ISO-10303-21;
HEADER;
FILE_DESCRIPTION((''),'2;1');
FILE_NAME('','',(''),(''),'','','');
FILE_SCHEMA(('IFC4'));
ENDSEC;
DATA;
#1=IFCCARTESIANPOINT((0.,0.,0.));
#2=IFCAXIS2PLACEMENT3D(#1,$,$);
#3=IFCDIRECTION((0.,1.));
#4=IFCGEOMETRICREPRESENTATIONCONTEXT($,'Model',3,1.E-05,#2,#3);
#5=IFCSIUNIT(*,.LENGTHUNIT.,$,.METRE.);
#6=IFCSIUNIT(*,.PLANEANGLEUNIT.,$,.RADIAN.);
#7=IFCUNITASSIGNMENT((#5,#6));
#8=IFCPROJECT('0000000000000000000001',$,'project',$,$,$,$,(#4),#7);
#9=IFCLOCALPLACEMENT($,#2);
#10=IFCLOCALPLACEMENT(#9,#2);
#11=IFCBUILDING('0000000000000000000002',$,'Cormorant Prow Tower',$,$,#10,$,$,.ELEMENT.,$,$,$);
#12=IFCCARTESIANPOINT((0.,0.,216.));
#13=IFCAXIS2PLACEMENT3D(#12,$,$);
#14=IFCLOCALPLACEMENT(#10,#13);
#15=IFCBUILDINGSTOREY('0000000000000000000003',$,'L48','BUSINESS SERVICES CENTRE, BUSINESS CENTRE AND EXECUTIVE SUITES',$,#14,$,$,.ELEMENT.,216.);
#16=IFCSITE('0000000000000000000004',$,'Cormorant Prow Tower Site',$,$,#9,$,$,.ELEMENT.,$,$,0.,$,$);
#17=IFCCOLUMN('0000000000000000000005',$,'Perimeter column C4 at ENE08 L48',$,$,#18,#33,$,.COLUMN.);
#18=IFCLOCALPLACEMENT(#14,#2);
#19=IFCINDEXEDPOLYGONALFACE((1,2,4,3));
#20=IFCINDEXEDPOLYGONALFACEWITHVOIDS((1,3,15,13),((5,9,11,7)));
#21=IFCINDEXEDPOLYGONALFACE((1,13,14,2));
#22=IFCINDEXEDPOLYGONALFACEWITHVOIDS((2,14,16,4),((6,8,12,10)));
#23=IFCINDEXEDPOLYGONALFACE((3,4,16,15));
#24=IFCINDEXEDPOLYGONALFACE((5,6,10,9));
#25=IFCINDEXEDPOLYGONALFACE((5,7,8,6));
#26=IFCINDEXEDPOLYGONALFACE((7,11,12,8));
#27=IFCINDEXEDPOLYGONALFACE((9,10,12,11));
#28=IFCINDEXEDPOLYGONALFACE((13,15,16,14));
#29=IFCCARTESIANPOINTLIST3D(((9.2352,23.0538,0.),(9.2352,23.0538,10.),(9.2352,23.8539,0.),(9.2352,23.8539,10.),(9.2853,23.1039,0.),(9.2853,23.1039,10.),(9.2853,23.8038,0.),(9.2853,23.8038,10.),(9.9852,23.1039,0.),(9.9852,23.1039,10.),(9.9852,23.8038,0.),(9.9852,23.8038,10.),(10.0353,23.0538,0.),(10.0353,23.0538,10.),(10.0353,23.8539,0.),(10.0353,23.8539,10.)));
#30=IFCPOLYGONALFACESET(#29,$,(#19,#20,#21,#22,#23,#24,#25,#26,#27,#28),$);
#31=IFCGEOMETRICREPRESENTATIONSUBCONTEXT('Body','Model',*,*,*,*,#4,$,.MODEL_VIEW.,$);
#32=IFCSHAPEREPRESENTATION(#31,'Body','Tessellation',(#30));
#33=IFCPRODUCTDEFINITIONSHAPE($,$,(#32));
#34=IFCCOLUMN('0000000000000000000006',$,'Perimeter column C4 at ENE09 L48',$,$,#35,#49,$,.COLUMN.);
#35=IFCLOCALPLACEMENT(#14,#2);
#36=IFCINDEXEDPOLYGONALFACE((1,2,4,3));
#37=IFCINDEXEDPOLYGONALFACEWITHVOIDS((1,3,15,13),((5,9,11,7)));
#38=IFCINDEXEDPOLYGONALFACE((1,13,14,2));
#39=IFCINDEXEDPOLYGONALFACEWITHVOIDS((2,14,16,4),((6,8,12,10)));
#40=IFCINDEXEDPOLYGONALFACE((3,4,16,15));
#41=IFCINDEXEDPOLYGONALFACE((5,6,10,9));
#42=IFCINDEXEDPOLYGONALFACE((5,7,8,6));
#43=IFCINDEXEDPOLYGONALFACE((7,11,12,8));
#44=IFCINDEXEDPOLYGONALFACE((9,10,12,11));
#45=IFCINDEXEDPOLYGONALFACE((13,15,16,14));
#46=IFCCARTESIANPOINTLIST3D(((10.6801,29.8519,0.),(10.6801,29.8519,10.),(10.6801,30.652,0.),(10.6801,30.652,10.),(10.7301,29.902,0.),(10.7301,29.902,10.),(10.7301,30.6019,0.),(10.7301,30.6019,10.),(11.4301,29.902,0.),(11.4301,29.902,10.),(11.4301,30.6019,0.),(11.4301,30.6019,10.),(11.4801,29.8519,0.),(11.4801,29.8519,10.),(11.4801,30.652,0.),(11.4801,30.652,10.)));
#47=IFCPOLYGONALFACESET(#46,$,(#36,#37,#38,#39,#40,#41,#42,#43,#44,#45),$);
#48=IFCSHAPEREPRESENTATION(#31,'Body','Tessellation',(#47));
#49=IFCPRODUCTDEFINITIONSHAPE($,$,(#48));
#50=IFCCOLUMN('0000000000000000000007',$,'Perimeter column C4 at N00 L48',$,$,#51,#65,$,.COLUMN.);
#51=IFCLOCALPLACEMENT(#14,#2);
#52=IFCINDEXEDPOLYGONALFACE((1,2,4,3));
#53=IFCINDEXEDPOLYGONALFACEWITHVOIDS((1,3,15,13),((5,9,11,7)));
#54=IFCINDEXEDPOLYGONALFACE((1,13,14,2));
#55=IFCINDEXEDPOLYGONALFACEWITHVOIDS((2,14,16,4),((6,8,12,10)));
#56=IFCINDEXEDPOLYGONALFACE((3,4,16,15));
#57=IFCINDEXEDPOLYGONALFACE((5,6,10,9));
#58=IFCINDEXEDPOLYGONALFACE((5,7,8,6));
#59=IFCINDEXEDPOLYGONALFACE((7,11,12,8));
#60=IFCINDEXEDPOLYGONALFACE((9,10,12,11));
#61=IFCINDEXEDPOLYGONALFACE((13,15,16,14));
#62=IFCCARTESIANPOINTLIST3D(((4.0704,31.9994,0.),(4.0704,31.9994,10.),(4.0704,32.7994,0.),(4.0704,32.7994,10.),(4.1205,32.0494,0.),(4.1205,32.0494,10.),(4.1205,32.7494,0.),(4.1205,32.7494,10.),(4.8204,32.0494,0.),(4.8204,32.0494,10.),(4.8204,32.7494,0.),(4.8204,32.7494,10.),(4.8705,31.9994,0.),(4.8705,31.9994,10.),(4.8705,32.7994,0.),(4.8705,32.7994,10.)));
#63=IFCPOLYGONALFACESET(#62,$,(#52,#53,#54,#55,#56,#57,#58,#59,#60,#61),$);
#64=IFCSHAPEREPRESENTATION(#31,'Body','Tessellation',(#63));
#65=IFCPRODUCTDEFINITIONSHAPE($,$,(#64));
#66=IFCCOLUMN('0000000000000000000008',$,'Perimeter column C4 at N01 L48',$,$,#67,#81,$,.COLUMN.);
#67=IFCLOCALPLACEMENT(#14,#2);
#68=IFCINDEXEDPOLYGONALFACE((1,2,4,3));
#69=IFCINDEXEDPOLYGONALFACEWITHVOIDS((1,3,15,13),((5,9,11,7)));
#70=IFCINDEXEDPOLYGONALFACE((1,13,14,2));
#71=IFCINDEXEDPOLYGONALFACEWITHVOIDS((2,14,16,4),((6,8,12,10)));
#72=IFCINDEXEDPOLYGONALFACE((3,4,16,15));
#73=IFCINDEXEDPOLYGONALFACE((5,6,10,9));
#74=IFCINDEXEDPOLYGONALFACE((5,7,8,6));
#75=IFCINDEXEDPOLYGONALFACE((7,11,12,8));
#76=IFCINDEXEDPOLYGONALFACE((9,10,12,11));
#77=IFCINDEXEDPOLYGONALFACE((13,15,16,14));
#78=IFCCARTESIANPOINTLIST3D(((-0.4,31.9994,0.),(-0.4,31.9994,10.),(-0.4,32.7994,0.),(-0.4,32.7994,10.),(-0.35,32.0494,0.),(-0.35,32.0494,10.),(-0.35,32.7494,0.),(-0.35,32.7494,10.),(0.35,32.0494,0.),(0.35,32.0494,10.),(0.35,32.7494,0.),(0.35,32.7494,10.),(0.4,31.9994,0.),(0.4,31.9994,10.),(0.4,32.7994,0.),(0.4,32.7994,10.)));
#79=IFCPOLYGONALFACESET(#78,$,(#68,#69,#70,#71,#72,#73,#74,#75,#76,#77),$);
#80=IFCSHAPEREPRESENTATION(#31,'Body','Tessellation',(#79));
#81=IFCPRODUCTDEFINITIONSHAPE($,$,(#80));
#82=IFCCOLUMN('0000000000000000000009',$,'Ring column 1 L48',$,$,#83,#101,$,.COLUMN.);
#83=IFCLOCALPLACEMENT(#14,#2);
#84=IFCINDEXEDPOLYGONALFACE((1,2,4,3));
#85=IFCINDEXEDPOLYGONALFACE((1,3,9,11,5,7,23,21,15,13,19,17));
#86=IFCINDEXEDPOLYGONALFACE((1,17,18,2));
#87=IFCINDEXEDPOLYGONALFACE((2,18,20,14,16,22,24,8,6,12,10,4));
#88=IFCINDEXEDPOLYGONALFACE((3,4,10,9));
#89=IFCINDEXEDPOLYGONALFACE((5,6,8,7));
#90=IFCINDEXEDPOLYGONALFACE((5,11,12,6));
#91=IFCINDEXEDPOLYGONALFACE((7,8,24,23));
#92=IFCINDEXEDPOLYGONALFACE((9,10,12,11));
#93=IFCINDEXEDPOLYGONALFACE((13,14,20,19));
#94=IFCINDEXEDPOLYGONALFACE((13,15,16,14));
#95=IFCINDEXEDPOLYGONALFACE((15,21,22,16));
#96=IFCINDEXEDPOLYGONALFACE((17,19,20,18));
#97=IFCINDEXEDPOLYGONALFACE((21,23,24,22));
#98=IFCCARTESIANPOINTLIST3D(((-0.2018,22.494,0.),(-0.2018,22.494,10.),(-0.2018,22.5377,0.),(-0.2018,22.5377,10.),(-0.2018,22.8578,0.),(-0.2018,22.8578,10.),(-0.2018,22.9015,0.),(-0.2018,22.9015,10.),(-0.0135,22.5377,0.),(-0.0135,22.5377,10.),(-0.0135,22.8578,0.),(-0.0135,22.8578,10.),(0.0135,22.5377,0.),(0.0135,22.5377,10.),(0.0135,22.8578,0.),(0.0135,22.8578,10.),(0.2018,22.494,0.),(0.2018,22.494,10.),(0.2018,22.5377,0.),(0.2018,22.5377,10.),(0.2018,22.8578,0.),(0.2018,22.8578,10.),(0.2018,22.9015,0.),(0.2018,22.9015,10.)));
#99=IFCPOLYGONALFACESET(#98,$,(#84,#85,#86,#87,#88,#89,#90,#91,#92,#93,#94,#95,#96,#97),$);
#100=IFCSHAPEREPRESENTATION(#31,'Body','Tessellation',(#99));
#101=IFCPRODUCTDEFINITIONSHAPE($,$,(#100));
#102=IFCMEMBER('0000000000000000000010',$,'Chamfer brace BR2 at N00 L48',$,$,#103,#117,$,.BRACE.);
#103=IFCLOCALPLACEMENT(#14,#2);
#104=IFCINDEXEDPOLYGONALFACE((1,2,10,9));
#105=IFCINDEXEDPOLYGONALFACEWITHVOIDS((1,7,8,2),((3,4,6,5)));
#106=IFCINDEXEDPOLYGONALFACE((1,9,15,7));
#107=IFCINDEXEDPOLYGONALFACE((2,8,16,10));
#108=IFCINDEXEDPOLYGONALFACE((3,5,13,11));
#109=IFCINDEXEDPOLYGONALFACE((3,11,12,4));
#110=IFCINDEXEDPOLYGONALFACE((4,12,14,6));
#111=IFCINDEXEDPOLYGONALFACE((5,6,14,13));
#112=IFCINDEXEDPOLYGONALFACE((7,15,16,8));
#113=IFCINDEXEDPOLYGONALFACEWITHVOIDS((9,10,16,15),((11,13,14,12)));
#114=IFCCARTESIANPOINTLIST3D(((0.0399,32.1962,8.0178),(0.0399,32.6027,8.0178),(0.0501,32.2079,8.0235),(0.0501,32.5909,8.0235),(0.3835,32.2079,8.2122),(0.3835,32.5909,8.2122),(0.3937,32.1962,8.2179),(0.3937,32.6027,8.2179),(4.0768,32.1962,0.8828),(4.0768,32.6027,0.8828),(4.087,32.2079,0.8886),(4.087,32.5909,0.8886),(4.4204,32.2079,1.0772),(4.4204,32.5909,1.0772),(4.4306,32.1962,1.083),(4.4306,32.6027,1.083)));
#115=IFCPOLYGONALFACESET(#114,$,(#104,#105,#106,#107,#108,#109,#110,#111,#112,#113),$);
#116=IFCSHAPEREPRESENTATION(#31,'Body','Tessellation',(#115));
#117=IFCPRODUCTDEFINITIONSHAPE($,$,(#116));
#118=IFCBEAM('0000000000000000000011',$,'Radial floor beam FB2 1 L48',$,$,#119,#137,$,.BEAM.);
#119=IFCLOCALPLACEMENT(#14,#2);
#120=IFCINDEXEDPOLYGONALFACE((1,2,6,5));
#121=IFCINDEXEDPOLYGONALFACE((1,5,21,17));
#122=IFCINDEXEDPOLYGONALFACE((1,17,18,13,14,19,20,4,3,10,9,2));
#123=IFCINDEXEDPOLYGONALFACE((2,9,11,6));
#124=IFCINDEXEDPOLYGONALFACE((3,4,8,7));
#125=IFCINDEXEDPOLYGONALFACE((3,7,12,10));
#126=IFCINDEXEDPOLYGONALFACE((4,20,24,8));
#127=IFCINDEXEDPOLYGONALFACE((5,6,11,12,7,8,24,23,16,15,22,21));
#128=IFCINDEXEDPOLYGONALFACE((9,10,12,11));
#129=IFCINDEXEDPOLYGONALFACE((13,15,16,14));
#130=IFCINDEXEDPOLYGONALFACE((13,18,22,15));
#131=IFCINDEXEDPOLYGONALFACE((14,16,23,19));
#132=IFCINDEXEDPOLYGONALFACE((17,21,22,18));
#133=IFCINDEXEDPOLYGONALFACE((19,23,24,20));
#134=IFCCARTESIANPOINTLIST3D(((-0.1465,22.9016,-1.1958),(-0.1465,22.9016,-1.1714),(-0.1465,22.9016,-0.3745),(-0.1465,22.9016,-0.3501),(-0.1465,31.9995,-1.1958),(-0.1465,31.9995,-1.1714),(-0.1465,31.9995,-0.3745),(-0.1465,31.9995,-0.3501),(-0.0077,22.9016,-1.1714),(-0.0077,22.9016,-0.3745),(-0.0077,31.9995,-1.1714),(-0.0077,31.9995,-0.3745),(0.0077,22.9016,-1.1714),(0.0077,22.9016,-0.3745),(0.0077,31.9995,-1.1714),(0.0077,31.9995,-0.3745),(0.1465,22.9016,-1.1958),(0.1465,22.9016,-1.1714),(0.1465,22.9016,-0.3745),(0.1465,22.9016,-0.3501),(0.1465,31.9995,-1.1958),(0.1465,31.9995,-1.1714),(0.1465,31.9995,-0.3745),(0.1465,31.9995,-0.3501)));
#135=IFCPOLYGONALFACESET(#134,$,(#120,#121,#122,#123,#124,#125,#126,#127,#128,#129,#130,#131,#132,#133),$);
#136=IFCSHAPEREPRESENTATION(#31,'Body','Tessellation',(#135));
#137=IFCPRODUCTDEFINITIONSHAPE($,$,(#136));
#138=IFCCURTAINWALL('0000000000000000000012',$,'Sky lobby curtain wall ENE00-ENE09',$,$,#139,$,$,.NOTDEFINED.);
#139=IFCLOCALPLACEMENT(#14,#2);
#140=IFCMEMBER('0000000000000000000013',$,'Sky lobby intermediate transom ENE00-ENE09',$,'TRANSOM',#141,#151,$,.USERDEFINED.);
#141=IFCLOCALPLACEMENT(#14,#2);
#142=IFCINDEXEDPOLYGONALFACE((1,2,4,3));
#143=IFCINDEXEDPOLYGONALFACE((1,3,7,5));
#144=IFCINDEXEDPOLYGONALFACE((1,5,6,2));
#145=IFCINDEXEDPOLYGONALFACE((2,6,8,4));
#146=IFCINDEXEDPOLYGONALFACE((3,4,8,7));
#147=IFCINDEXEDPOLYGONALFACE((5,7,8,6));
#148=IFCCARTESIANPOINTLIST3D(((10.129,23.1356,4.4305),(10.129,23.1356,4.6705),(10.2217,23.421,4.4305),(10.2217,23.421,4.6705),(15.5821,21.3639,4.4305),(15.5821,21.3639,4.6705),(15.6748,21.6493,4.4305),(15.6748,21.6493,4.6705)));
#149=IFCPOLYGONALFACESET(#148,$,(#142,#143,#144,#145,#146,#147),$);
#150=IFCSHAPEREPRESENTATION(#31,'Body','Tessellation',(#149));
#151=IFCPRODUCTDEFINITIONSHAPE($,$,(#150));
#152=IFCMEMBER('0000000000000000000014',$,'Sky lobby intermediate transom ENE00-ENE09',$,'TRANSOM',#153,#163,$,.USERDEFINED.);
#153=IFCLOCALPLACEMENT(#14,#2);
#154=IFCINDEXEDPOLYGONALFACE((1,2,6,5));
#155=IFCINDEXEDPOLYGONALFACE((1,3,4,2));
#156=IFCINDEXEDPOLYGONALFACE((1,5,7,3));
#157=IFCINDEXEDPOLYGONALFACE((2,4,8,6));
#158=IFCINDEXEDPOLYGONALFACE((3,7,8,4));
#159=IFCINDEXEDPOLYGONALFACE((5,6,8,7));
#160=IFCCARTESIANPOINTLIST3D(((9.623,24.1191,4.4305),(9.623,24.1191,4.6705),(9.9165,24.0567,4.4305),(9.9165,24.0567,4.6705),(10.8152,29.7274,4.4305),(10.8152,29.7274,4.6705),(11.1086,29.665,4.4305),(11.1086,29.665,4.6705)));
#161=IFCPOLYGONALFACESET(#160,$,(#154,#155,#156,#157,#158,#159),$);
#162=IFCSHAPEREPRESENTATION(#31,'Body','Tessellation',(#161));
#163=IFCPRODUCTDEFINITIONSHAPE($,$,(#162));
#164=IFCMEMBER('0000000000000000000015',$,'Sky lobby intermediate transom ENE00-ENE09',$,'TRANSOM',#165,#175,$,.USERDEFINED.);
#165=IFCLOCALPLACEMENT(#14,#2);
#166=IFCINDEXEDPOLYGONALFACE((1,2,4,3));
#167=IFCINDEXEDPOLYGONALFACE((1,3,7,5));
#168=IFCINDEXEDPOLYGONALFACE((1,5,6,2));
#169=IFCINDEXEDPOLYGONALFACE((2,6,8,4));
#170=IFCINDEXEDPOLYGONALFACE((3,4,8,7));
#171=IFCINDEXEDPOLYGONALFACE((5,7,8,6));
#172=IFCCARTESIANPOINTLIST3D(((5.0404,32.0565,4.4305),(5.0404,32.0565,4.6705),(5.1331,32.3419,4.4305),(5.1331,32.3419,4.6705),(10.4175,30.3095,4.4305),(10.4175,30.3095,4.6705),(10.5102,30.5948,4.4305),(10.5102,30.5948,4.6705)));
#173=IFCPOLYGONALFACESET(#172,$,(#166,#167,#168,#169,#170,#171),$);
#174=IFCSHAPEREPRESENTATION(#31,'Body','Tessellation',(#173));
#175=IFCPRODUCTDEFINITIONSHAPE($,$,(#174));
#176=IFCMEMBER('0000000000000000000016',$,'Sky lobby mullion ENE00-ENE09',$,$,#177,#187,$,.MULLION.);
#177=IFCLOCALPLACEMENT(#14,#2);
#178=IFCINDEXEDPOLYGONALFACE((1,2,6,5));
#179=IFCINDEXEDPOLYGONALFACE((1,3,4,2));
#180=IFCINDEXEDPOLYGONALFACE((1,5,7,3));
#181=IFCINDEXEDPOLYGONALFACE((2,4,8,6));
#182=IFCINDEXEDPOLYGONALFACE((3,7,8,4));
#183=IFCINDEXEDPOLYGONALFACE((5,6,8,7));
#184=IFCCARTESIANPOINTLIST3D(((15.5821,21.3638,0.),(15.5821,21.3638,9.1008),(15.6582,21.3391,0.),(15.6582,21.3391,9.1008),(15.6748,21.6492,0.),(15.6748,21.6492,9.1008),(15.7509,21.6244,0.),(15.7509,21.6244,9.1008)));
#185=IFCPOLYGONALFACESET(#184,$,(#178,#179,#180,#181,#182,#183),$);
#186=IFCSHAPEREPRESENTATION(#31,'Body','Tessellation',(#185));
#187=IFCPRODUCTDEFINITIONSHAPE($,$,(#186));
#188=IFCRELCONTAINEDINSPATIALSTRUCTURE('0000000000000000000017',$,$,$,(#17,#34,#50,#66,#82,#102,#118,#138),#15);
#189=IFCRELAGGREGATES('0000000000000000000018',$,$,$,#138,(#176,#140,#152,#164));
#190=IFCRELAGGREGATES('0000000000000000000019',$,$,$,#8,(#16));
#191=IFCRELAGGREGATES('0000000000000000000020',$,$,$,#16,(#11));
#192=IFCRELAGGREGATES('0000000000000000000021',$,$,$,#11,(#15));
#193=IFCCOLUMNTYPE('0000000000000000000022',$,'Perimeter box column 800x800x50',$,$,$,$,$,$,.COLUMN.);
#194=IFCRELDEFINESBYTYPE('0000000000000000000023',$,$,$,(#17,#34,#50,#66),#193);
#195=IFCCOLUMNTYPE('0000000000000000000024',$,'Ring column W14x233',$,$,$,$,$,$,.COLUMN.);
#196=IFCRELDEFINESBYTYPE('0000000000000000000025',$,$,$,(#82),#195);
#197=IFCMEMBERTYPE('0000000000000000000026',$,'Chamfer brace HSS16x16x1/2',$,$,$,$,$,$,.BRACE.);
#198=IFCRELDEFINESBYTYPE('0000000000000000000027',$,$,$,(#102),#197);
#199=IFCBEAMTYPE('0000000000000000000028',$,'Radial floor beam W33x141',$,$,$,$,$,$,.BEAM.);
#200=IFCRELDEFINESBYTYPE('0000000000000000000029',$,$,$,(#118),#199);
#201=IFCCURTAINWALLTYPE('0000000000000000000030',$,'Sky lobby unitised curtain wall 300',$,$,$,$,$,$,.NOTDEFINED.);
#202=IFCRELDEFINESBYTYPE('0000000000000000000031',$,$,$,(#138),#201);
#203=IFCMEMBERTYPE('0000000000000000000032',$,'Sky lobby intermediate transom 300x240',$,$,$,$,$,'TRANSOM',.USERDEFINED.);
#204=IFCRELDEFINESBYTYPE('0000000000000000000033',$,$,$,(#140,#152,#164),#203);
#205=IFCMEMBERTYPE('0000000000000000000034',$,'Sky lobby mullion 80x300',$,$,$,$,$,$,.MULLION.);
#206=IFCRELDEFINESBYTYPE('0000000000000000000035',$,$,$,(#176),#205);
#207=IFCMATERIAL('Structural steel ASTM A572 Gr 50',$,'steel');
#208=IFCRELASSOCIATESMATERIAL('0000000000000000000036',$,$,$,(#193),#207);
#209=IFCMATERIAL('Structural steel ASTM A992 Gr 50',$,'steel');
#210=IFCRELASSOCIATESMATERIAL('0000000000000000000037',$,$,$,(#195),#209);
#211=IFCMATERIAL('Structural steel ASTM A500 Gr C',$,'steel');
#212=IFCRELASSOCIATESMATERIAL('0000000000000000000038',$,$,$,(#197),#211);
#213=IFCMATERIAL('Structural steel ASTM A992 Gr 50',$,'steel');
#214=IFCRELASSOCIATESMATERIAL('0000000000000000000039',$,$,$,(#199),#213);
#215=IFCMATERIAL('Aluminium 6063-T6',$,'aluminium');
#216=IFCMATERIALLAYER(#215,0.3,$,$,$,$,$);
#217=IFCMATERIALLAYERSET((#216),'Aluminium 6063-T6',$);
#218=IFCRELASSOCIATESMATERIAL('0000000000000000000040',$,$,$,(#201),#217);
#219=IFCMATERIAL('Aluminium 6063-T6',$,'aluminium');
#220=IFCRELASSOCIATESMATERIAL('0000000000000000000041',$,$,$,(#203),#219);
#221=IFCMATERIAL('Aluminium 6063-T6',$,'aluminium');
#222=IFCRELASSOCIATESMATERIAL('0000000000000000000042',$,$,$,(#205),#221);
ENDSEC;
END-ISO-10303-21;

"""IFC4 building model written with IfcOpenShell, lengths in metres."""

from ifc_helpers import new_model, si_unit, direction, frame, origin, origin_2d, place, context, subcontext, project, spatial, rectangle, hollow_rectangle, i_section, extrude, material, layer, layer_set, material_profile, profile_set, type_object, element, aggregate, save


model = new_model("IFC4")

# Units and contexts
model_context = context("Model", 3, precision=1e-05, world=origin(), true_north=direction((0.0, 1.0)))
body_context = subcontext(model_context, "Body", "Model", "MODEL_VIEW")
ifc_project = project(units=[si_unit("LENGTHUNIT", "METRE"), si_unit("PLANEANGLEUNIT", "RADIAN")], contexts=[model_context])

# Site, building, storey
site_placement = place(None, origin())
site = spatial("IfcSite", under=ifc_project, at=site_placement, Name="Cormorant Prow Tower Site", CompositionType="ELEMENT", RefElevation=0.0)
building_placement = place(site_placement, origin())
building = spatial("IfcBuilding", under=site, at=building_placement, Name="Cormorant Prow Tower", CompositionType="ELEMENT")
storey_placement = place(building_placement, frame((0.0, 0.0, 216.0)))
storey = spatial("IfcBuildingStorey", under=building, at=storey_placement, Name="L48", Description="BUSINESS SERVICES CENTRE, BUSINESS CENTRE AND EXECUTIVE SUITES", CompositionType="ELEMENT", Elevation=216.0)

# Columns
ifc_material_1 = material(Name="Structural steel ASTM A572 Gr 50", Category="steel")
ifc_material_profile_1 = material_profile(ifc_material_1, hollow_rectangle(XDim=0.8, YDim=0.8, WallThickness=0.05, at=origin_2d()), Name="Box 800x800x50")
ifc_profile_set_1 = profile_set([ifc_material_profile_1], Name="Structural steel ASTM A572 Gr 50")
column_type_1 = type_object("IfcColumnType", Name="Perimeter box column 800x800x50", PredefinedType="COLUMN", material=ifc_profile_set_1)
for number, where, z_axis, x_axis, name in (
    (1, (9.6353, 23.4539, 0.0), (0.0, 0.0, 1.0), (1.0, 0.0, 0.0), "Perimeter column C4 at ENE08 L48"),
    (2, (11.0801, 30.252, 0.0), (0.0, 0.0, 1.0), (1.0, 0.0, 0.0), "Perimeter column C4 at ENE09 L48"),
    (3, (4.4705, 32.3994, 0.0), (0.0, 0.0, 1.0), (1.0, 0.0, 0.0), "Perimeter column C4 at N00 L48"),
    (4, (0.0, 32.3994, 0.0), (0.0, 0.0, 1.0), (1.0, 0.0, 0.0), "Perimeter column C4 at N01 L48"),
):
    element("IfcColumn", number, at=place(storey_placement, frame(where, z_axis=z_axis, x_axis=x_axis)), inside=storey, type_object=column_type_1, Name=name, PredefinedType="COLUMN", context=body_context, shape_type="SweptSolid", body=[
        extrude(hollow_rectangle(XDim=0.8, YDim=0.8, WallThickness=0.05, at=origin_2d()), origin(), (0.0, 0.0, 1.0), 10.0),
    ])
ifc_material_2 = material(Name="Structural steel ASTM A992 Gr 50", Category="steel")
ifc_material_profile_2 = material_profile(ifc_material_2, i_section(OverallWidth=0.4036, OverallDepth=0.4075, WebThickness=0.0271, FlangeThickness=0.0437, at=origin_2d()), Name="W14x233")
ifc_profile_set_2 = profile_set([ifc_material_profile_2], Name="Structural steel ASTM A992 Gr 50")
column_type_2 = type_object("IfcColumnType", Name="Ring column W14x233", PredefinedType="COLUMN", material=ifc_profile_set_2)
column_placement = place(storey_placement, frame((0.0, 22.6978, 0.0), z_axis=(0.0, 0.0, 1.0), x_axis=(1.0, 0.0, 0.0)))
element("IfcColumn", 5, at=column_placement, inside=storey, type_object=column_type_2, Name="Ring column 1 L48", PredefinedType="COLUMN", context=body_context, shape_type="SweptSolid", body=[
    extrude(i_section(OverallWidth=0.4036, OverallDepth=0.4075, WebThickness=0.0271, FlangeThickness=0.0437, at=origin_2d()), origin(), (0.0, 0.0, 1.0), 10.0),
])

# Member
ifc_material_3 = material(Name="Structural steel ASTM A500 Gr C", Category="steel")
ifc_material_profile_3 = material_profile(ifc_material_3, hollow_rectangle(XDim=0.4065, YDim=0.4065, WallThickness=0.0117, at=origin_2d()), Name="HSS16x16x1/2")
ifc_profile_set_3 = profile_set([ifc_material_profile_3], Name="Structural steel ASTM A500 Gr C")
member_type_1 = type_object("IfcMemberType", Name="Chamfer brace HSS16x16x1/2", PredefinedType="BRACE", material=ifc_profile_set_3)
member_1_placement = place(storey_placement, frame((4.2537, 32.3994, 0.9829), z_axis=(-0.49243, 0.0, 0.870352), x_axis=(0.0, -1.0, 0.0)))
element("IfcMember", 6, at=member_1_placement, inside=storey, type_object=member_type_1, Name="Chamfer brace BR2 at N00 L48", PredefinedType="BRACE", context=body_context, shape_type="SweptSolid", body=[
    extrude(hollow_rectangle(XDim=0.4065, YDim=0.4065, WallThickness=0.0117, at=origin_2d()), origin(), (0.0, 0.0, 1.0), 8.1978),
])

# Beam
ifc_material_4 = material(Name="Structural steel ASTM A992 Gr 50", Category="steel")
ifc_material_profile_4 = material_profile(ifc_material_4, i_section(OverallWidth=0.293, OverallDepth=0.8457, WebThickness=0.0154, FlangeThickness=0.0244, at=origin_2d()), Name="W33x141")
ifc_profile_set_4 = profile_set([ifc_material_profile_4], Name="Structural steel ASTM A992 Gr 50")
beam_type_1 = type_object("IfcBeamType", Name="Radial floor beam W33x141", PredefinedType="BEAM", material=ifc_profile_set_4)
beam_1_placement = place(storey_placement, frame((0.0, 22.9016, -0.7729), z_axis=(0.0, 1.0, 0.0), x_axis=(-1.0, 0.0, 0.0)))
element("IfcBeam", 7, at=beam_1_placement, inside=storey, type_object=beam_type_1, Name="Radial floor beam FB2 1 L48", PredefinedType="BEAM", context=body_context, shape_type="SweptSolid", body=[
    extrude(i_section(OverallWidth=0.293, OverallDepth=0.8457, WebThickness=0.0154, FlangeThickness=0.0244, at=origin_2d()), origin(), (0.0, 0.0, 1.0), 9.0979),
])

# Curtain wall, members
ifc_material_5 = material(Name="Aluminium 6063-T6", Category="aluminium")
ifc_layer_1 = layer(ifc_material_5, 0.3)
ifc_layer_set_1 = layer_set([ifc_layer_1], Name="Aluminium 6063-T6")
curtain_wall_type = type_object("IfcCurtainWallType", Name="Sky lobby unitised curtain wall 300", PredefinedType="NOTDEFINED", material=ifc_layer_set_1)
curtain_wall_placement = place(storey_placement, origin())
curtain_wall = element("IfcCurtainWall", 8, at=curtain_wall_placement, inside=storey, type_object=curtain_wall_type, Name="Sky lobby curtain wall ENE00-ENE09", PredefinedType="NOTDEFINED")
ifc_material_6 = material(Name="Aluminium 6063-T6", Category="aluminium")
ifc_material_profile_5 = material_profile(ifc_material_6, rectangle(XDim=0.3, YDim=0.24, at=origin_2d()), Name="Sky lobby intermediate transom 300x240")
ifc_profile_set_5 = profile_set([ifc_material_profile_5], Name="Aluminium 6063-T6")
member_type_2 = type_object("IfcMemberType", Name="Sky lobby intermediate transom 300x240", ElementType="TRANSOM", PredefinedType="USERDEFINED", material=ifc_profile_set_5)
member_2_placement = place(storey_placement, frame((15.6284, 21.5066, 4.5505), z_axis=(-0.951062, 0.309001, 0.0), x_axis=(-0.309001, -0.951062, 0.0)))
member_2 = element("IfcMember", 9, at=member_2_placement, type_object=member_type_2, Name="Sky lobby intermediate transom ENE00-ENE09", ObjectType="TRANSOM", PredefinedType="USERDEFINED", context=body_context, shape_type="SweptSolid", body=[
    extrude(rectangle(XDim=0.3, YDim=0.24, at=origin_2d()), origin(), (0.0, 0.0, 1.0), 5.7336),
])
member_3_placement = place(storey_placement, frame((9.7698, 24.0879, 4.5505), z_axis=(0.207918, 0.978146, 0.0), x_axis=(-0.978146, 0.207918, 0.0)))
member_3 = element("IfcMember", 10, at=member_3_placement, type_object=member_type_2, Name="Sky lobby intermediate transom ENE00-ENE09", ObjectType="TRANSOM", PredefinedType="USERDEFINED", context=body_context, shape_type="SweptSolid", body=[
    extrude(rectangle(XDim=0.3, YDim=0.24, at=origin_2d()), origin(), (0.0, 0.0, 1.0), 5.7336),
])
member_4_placement = place(storey_placement, frame((10.4639, 30.4521, 4.5505), z_axis=(-0.951061, 0.309003, 0.0), x_axis=(-0.309003, -0.951061, 0.0)))
member_4 = element("IfcMember", 11, at=member_4_placement, type_object=member_type_2, Name="Sky lobby intermediate transom ENE00-ENE09", ObjectType="TRANSOM", PredefinedType="USERDEFINED", context=body_context, shape_type="SweptSolid", body=[
    extrude(rectangle(XDim=0.3, YDim=0.24, at=origin_2d()), origin(), (0.0, 0.0, 1.0), 5.6538),
])
ifc_material_7 = material(Name="Aluminium 6063-T6", Category="aluminium")
ifc_material_profile_6 = material_profile(ifc_material_7, rectangle(XDim=0.3, YDim=0.0801, at=origin_2d()), Name="Sky lobby mullion 80x300")
ifc_profile_set_6 = profile_set([ifc_material_profile_6], Name="Aluminium 6063-T6")
member_type_3 = type_object("IfcMemberType", Name="Sky lobby mullion 80x300", PredefinedType="MULLION", material=ifc_profile_set_6)
member_5_placement = place(storey_placement, frame((15.6665, 21.4941, 0.0), z_axis=(0.0, 0.0, 1.0), x_axis=(-0.309017, -0.951057, 0.0)))
member_5 = element("IfcMember", 12, at=member_5_placement, type_object=member_type_3, Name="Sky lobby mullion ENE00-ENE09", PredefinedType="MULLION", context=body_context, shape_type="SweptSolid", body=[
    extrude(rectangle(XDim=0.3, YDim=0.0801, at=origin_2d()), origin(), (0.0, 0.0, 1.0), 9.1008),
])

aggregate(curtain_wall, [member_5, member_2, member_3, member_4])

save(model, "model.ifc")
